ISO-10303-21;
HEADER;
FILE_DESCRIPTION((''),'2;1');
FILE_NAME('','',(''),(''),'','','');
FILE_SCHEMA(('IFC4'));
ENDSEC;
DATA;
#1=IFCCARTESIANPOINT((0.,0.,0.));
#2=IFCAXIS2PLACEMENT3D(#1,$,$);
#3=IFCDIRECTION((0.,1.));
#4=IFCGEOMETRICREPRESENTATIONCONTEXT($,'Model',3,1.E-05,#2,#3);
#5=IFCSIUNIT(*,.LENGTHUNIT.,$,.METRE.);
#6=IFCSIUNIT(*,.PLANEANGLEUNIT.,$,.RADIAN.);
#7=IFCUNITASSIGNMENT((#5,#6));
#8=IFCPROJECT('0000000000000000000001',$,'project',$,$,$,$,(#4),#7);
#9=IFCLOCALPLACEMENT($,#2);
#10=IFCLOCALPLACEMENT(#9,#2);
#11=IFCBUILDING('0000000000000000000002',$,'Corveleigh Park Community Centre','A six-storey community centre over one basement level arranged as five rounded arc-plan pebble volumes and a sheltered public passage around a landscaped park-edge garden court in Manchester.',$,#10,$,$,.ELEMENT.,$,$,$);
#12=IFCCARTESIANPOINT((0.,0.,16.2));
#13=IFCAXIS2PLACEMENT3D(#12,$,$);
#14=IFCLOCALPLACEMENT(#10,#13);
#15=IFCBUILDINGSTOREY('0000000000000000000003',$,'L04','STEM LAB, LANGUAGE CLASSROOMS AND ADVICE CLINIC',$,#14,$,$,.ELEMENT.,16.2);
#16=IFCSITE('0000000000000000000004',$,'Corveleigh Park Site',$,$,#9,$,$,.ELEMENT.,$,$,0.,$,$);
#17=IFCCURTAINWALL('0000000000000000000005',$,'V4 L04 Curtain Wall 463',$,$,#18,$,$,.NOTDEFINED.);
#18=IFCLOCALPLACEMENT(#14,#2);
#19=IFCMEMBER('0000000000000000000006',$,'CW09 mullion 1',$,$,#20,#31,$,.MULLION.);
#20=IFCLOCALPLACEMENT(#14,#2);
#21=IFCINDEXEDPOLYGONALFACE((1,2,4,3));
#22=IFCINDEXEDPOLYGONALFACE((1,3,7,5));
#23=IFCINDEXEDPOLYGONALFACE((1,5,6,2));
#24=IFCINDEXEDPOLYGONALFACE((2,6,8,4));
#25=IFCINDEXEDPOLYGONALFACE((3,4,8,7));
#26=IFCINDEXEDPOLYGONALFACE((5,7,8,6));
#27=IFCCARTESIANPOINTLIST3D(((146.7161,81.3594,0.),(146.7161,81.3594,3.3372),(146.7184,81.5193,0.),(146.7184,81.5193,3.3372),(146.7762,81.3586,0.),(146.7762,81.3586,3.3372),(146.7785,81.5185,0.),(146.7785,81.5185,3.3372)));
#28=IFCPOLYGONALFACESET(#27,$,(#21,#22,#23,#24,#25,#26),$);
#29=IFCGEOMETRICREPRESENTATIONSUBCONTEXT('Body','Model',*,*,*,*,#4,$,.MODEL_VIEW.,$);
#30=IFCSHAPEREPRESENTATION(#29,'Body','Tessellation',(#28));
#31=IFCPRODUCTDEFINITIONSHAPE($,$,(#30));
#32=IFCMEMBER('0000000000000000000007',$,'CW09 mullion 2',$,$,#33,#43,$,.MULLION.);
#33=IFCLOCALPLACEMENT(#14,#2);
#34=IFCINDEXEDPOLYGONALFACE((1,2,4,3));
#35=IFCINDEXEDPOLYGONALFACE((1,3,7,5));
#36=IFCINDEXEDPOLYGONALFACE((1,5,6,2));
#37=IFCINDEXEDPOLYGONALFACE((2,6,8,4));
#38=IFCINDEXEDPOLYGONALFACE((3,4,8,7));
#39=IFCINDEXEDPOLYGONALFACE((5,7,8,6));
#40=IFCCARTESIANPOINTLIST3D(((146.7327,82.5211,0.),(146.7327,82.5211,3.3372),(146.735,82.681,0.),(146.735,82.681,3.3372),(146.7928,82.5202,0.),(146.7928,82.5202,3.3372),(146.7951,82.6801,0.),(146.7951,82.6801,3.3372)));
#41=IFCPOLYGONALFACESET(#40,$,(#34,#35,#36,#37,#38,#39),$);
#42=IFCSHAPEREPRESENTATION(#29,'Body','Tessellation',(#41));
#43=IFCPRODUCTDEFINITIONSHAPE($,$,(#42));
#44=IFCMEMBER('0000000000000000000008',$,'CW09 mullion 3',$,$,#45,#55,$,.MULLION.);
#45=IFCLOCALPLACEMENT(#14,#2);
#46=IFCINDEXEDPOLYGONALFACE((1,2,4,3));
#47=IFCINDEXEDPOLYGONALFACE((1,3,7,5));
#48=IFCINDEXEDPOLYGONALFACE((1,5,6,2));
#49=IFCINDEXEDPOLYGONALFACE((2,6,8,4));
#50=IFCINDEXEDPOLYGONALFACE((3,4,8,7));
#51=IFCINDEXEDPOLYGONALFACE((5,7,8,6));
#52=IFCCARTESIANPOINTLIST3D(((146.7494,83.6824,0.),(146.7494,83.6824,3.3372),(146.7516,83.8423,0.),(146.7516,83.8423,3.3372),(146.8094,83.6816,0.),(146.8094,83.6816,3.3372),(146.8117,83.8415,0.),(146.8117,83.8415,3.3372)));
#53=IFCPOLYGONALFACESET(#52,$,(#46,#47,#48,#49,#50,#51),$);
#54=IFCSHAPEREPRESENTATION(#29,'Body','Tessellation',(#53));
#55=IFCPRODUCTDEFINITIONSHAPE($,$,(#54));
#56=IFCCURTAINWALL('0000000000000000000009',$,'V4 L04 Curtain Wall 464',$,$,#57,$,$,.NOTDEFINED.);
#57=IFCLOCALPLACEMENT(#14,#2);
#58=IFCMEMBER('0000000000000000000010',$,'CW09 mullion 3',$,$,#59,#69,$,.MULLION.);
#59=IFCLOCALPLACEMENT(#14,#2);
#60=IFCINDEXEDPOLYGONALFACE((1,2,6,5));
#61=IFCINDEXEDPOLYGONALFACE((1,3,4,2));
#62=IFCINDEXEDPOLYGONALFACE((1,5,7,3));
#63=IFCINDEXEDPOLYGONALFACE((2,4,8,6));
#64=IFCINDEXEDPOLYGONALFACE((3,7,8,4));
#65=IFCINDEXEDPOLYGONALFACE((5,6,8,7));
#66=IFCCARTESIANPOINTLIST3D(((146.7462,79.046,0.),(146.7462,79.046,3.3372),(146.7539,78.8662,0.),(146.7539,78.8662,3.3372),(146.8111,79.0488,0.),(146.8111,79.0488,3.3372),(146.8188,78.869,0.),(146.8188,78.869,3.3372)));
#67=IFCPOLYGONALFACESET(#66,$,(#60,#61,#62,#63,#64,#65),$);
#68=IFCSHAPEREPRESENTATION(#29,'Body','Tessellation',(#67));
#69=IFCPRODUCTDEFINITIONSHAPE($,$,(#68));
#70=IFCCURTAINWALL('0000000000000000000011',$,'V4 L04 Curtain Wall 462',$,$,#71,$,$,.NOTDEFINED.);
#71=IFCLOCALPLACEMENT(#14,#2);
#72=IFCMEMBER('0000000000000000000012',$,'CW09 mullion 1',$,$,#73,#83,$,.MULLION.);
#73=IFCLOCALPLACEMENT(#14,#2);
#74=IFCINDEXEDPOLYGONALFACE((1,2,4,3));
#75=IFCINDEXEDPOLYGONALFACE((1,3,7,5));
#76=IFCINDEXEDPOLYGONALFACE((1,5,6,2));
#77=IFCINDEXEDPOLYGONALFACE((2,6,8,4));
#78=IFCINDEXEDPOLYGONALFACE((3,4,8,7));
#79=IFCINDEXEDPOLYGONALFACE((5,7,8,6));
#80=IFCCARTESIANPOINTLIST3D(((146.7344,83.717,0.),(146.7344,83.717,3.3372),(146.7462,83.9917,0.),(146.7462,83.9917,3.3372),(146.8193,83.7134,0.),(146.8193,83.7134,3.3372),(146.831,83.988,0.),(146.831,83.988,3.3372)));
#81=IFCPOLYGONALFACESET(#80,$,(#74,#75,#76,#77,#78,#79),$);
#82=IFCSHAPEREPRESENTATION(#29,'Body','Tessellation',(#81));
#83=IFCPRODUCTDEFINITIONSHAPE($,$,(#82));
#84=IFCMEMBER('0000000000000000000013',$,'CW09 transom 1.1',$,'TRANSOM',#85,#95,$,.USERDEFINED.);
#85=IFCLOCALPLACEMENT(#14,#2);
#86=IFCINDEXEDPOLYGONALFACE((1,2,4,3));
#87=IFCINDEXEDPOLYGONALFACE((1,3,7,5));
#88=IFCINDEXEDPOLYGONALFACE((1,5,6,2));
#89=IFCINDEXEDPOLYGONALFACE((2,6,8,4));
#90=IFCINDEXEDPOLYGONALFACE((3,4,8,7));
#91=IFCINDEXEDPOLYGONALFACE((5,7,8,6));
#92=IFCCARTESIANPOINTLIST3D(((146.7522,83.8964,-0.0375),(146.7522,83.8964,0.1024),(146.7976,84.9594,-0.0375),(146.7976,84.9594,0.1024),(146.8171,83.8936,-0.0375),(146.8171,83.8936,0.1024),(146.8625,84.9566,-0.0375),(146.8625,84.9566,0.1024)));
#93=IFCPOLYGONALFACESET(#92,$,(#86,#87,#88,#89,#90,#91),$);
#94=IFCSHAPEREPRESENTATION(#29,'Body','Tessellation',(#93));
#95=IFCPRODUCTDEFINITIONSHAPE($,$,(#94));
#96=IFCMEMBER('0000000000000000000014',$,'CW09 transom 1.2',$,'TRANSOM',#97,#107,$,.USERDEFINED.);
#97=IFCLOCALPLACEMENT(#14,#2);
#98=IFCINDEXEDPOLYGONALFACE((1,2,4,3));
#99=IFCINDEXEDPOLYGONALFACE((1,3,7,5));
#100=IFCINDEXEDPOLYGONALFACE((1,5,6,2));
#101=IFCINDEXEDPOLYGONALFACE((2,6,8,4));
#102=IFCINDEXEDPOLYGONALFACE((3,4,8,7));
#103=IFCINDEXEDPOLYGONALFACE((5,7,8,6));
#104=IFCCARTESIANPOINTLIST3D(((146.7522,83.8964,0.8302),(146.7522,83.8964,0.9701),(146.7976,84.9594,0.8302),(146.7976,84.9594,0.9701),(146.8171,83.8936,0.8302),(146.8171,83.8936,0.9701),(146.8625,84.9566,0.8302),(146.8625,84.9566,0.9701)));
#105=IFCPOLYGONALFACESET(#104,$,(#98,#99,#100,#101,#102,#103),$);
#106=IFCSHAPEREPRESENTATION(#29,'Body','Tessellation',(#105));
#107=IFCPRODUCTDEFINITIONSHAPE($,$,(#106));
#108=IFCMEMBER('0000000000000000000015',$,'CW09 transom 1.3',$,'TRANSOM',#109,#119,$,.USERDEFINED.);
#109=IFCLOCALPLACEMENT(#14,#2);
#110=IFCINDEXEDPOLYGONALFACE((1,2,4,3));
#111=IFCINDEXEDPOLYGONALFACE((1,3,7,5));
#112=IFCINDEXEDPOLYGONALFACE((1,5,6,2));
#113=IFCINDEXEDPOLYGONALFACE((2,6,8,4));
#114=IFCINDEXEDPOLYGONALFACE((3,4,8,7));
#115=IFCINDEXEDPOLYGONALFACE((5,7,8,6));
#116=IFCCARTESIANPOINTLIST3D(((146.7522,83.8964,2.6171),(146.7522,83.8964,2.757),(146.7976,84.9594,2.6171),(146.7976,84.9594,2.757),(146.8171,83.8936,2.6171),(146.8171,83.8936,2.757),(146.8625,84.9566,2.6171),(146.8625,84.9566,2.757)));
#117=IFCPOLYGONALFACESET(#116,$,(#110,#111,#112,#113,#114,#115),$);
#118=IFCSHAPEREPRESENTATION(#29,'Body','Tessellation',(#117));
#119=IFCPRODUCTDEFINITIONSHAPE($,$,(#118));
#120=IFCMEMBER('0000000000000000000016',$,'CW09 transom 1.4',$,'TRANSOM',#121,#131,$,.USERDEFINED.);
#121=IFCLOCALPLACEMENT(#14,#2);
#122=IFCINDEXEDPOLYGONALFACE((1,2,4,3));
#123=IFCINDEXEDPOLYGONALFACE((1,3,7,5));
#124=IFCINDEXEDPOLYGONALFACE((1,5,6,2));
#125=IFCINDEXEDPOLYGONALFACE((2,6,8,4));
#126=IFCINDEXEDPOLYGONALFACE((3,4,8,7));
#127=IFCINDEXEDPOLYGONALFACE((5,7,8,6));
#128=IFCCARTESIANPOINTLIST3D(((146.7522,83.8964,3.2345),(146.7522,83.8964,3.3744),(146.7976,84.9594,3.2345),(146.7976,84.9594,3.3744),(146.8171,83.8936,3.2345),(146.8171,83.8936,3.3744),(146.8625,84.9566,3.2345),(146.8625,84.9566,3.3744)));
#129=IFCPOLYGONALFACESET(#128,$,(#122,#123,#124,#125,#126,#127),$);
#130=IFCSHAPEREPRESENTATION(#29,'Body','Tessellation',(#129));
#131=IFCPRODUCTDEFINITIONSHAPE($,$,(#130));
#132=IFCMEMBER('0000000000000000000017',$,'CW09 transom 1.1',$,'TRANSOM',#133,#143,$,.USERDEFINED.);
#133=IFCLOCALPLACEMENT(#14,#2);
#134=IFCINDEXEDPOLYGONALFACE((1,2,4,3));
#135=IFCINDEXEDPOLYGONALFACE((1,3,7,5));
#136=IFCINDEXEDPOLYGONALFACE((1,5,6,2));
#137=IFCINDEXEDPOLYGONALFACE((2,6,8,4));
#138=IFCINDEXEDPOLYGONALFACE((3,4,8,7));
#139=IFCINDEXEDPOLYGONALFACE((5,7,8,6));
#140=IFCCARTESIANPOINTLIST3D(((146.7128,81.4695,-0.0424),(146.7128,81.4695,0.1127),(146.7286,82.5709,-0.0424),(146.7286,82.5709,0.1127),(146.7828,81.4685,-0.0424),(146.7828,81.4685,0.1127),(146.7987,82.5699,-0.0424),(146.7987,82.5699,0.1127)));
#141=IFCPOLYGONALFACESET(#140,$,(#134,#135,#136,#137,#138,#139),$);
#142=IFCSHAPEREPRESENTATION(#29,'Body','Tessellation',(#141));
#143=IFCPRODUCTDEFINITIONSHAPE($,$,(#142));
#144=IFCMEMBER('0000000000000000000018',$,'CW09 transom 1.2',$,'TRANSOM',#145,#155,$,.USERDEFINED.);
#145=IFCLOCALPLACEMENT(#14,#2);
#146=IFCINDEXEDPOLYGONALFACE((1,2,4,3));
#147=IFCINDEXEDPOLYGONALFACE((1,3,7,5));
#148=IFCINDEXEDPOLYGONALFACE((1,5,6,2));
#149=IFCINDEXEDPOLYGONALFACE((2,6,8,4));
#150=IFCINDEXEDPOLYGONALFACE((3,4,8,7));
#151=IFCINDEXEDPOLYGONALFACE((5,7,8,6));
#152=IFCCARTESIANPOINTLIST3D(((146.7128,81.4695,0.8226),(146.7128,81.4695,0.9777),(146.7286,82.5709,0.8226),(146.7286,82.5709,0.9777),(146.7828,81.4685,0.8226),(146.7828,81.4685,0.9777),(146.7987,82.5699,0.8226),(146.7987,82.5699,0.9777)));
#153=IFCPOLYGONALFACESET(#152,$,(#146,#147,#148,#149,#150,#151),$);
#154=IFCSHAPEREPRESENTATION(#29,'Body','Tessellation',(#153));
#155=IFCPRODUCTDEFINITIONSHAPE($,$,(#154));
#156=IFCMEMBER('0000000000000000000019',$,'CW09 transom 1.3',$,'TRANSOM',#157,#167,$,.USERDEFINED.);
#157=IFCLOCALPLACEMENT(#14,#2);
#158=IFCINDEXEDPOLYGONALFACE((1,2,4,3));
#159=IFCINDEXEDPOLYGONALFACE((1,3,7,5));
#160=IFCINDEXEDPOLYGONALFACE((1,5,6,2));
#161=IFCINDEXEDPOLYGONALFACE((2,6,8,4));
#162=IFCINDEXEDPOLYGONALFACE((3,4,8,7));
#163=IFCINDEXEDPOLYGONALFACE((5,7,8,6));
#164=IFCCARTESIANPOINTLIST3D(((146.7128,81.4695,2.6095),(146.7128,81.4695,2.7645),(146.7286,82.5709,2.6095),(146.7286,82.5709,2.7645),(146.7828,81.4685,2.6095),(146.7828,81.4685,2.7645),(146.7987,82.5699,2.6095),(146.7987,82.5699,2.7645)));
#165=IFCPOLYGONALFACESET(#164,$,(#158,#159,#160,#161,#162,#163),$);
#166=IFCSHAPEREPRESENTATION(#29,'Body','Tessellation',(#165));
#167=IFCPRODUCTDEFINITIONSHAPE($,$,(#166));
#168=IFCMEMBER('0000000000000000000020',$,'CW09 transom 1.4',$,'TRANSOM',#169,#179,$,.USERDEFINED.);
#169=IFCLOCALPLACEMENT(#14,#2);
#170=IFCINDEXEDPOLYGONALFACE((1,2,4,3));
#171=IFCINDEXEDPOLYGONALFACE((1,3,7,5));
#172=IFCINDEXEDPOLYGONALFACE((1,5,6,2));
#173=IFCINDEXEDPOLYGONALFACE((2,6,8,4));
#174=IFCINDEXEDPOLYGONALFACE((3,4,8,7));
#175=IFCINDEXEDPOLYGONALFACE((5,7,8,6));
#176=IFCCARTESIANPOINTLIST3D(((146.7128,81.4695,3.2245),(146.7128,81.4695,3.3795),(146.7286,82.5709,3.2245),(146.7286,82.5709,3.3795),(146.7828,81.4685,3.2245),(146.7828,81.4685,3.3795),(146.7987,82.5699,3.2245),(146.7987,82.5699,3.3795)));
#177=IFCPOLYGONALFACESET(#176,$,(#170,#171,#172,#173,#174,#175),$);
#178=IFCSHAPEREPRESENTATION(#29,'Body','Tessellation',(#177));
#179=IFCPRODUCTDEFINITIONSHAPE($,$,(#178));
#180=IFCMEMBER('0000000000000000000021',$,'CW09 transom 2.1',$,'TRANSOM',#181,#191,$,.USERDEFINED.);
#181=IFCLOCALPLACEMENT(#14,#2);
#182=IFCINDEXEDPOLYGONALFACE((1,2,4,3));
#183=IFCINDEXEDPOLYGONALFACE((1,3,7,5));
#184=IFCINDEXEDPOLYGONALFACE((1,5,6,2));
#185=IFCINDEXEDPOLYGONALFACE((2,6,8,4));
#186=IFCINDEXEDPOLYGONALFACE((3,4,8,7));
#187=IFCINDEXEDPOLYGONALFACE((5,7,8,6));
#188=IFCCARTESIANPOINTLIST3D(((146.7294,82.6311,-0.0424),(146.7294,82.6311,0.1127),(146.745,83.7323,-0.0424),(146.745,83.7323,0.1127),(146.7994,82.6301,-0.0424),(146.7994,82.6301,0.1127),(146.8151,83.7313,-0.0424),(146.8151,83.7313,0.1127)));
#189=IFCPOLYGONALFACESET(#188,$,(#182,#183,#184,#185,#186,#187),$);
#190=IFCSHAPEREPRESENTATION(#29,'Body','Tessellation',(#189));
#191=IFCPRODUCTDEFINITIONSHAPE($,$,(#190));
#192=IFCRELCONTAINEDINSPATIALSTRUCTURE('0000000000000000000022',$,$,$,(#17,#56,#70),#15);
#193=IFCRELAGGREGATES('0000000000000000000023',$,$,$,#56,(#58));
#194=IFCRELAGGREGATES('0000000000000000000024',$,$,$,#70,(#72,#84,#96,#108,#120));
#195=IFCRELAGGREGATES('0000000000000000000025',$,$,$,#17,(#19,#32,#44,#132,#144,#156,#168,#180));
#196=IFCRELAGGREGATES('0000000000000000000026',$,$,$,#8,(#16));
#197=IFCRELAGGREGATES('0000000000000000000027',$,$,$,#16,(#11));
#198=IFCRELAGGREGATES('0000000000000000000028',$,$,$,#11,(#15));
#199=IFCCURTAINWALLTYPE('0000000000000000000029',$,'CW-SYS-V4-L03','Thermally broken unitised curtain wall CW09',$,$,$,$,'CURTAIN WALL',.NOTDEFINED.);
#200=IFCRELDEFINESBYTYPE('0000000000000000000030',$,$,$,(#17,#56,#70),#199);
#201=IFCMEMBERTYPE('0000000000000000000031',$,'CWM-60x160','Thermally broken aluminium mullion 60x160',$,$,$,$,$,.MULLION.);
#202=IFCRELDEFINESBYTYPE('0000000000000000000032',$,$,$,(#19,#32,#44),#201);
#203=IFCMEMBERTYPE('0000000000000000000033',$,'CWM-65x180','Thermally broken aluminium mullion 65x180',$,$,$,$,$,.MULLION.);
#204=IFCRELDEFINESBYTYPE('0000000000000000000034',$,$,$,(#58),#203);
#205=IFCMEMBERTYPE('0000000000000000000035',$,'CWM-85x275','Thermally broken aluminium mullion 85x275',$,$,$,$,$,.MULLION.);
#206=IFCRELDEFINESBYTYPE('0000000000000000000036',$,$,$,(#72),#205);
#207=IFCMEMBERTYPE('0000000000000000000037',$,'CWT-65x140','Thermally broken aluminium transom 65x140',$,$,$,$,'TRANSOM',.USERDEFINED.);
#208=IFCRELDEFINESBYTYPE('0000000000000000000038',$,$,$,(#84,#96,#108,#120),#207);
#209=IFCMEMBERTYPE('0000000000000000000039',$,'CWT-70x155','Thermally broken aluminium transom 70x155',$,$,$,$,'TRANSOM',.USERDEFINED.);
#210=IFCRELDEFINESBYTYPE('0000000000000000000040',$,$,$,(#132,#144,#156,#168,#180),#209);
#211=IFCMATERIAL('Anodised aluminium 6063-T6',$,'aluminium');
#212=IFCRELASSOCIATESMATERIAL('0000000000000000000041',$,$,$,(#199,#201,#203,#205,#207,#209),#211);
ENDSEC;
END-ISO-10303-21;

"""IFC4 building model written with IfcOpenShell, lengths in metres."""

from ifc_helpers import new_model, si_unit, direction, frame, origin, origin_2d, place, context, subcontext, project, spatial, rectangle, extrude, material, material_profile, profile_set, type_object, element, aggregate, save


model = new_model("IFC4")

# Units and contexts
model_context = context("Model", 3, precision=1e-05, world=origin(), true_north=direction((0.0, 1.0)))
body_context = subcontext(model_context, "Body", "Model", "MODEL_VIEW")
ifc_project = project(units=[si_unit("LENGTHUNIT", "METRE"), si_unit("PLANEANGLEUNIT", "RADIAN")], contexts=[model_context])

# Site, building, storey
site_placement = place(None, origin())
site = spatial("IfcSite", under=ifc_project, at=site_placement, Name="Corveleigh Park Site", CompositionType="ELEMENT", RefElevation=0.0)
building_placement = place(site_placement, origin())
building = spatial("IfcBuilding", under=site, at=building_placement, Name="Corveleigh Park Community Centre", Description="A six-storey community centre over one basement level arranged as five rounded arc-plan pebble volumes and a sheltered public passage around a landscaped park-edge garden court in Manchester.", CompositionType="ELEMENT")
storey_placement = place(building_placement, frame((0.0, 0.0, 16.2)))
storey = spatial("IfcBuildingStorey", under=building, at=storey_placement, Name="L04", Description="STEM LAB, LANGUAGE CLASSROOMS AND ADVICE CLINIC", CompositionType="ELEMENT", Elevation=16.2)

# Curtain wall, members
ifc_material_1 = material(Name="Anodised aluminium 6063-T6", Category="aluminium")
curtain_wall_type = type_object("IfcCurtainWallType", Name="CW-SYS-V4-L03", Description="Thermally broken unitised curtain wall CW09", ElementType="CURTAIN WALL", PredefinedType="NOTDEFINED", material=ifc_material_1)
curtain_wall_1_placement = place(storey_placement, origin())
curtain_wall_1 = element("IfcCurtainWall", 1, at=curtain_wall_1_placement, inside=storey, type_object=curtain_wall_type, Name="V4 L04 Curtain Wall 463", PredefinedType="NOTDEFINED")
ifc_material_profile_1 = material_profile(ifc_material_1, rectangle(XDim=0.0601, YDim=0.1599, at=origin_2d()), Name="ALU-M60x160", Category="aluminium")
ifc_profile_set_1 = profile_set([ifc_material_profile_1], Name="Anodised aluminium 6063-T6")
member_type_1 = type_object("IfcMemberType", Name="CWM-60x160", Description="Thermally broken aluminium mullion 60x160", PredefinedType="MULLION", material=ifc_profile_set_1)
member_1_placement = place(storey_placement, frame((146.7473, 81.439, 0.0), z_axis=(0.0, 0.0, 1.0), x_axis=(-0.999898, 0.014266, 0.0)))
member_1 = element("IfcMember", 2, at=member_1_placement, type_object=member_type_1, Name="CW09 mullion 1", PredefinedType="MULLION", context=body_context, shape_type="SweptSolid", body=[
    extrude(rectangle(XDim=0.0601, YDim=0.1599, at=origin_2d()), origin(), (0.0, 0.0, 1.0), 3.3372),
])
member_2_placement = place(storey_placement, frame((146.7639, 82.6006, 0.0), z_axis=(0.0, 0.0, 1.0), x_axis=(-0.999898, 0.014266, 0.0)))
member_2 = element("IfcMember", 3, at=member_2_placement, type_object=member_type_1, Name="CW09 mullion 2", PredefinedType="MULLION", context=body_context, shape_type="SweptSolid", body=[
    extrude(rectangle(XDim=0.0601, YDim=0.1599, at=origin_2d()), origin(), (0.0, 0.0, 1.0), 3.3372),
])
member_3_placement = place(storey_placement, frame((146.7805, 83.762, 0.0), z_axis=(0.0, 0.0, 1.0), x_axis=(-0.999898, 0.014266, 0.0)))
member_3 = element("IfcMember", 4, at=member_3_placement, type_object=member_type_1, Name="CW09 mullion 3", PredefinedType="MULLION", context=body_context, shape_type="SweptSolid", body=[
    extrude(rectangle(XDim=0.0601, YDim=0.1599, at=origin_2d()), origin(), (0.0, 0.0, 1.0), 3.3372),
])

# Curtain wall, member
curtain_wall_2_placement = place(storey_placement, origin())
curtain_wall_2 = element("IfcCurtainWall", 5, at=curtain_wall_2_placement, inside=storey, type_object=curtain_wall_type, Name="V4 L04 Curtain Wall 464", PredefinedType="NOTDEFINED")
ifc_material_profile_2 = material_profile(ifc_material_1, rectangle(XDim=0.0649, YDim=0.1799, at=origin_2d()), Name="ALU-M65x180", Category="aluminium")
ifc_profile_set_2 = profile_set([ifc_material_profile_2], Name="Anodised aluminium 6063-T6")
member_type_2 = type_object("IfcMemberType", Name="CWM-65x180", Description="Thermally broken aluminium mullion 65x180", PredefinedType="MULLION", material=ifc_profile_set_2)
member_4_placement = place(storey_placement, frame((146.7825, 78.9575, 0.0), z_axis=(0.0, 0.0, 1.0), x_axis=(-0.999084, -0.0428, 0.0)))
member_4 = element("IfcMember", 6, at=member_4_placement, type_object=member_type_2, Name="CW09 mullion 3", PredefinedType="MULLION", context=body_context, shape_type="SweptSolid", body=[
    extrude(rectangle(XDim=0.0649, YDim=0.1799, at=origin_2d()), origin(), (0.0, 0.0, 1.0), 3.3372),
])
aggregate(curtain_wall_2, [member_4])

# Curtain wall, members
curtain_wall_3_placement = place(storey_placement, origin())
curtain_wall_3 = element("IfcCurtainWall", 7, at=curtain_wall_3_placement, inside=storey, type_object=curtain_wall_type, Name="V4 L04 Curtain Wall 462", PredefinedType="NOTDEFINED")
ifc_material_profile_3 = material_profile(ifc_material_1, rectangle(XDim=0.085, YDim=0.2749, at=origin_2d()), Name="ALU-M85x275", Category="aluminium")
ifc_profile_set_3 = profile_set([ifc_material_profile_3], Name="Anodised aluminium 6063-T6")
member_type_3 = type_object("IfcMemberType", Name="CWM-85x275", Description="Thermally broken aluminium mullion 85x275", PredefinedType="MULLION", material=ifc_profile_set_3)
member_5_placement = place(storey_placement, frame((146.7827, 83.8525, 0.0), z_axis=(0.0, 0.0, 1.0), x_axis=(-0.999084, 0.0428, 0.0)))
member_5 = element("IfcMember", 8, at=member_5_placement, type_object=member_type_3, Name="CW09 mullion 1", PredefinedType="MULLION", context=body_context, shape_type="SweptSolid", body=[
    extrude(rectangle(XDim=0.085, YDim=0.2749, at=origin_2d()), origin(), (0.0, 0.0, 1.0), 3.3372),
])
ifc_material_profile_4 = material_profile(ifc_material_1, rectangle(XDim=0.0649, YDim=0.1399, at=origin_2d()), Name="ALU-T65x140", Category="aluminium")
ifc_profile_set_4 = profile_set([ifc_material_profile_4], Name="Anodised aluminium 6063-T6")
member_type_4 = type_object("IfcMemberType", Name="CWT-65x140", Description="Thermally broken aluminium transom 65x140", ElementType="TRANSOM", PredefinedType="USERDEFINED", material=ifc_profile_set_4)
member_6_placement = place(storey_placement, frame((146.7847, 83.895, 0.0325), z_axis=(0.04268, 0.999089, 0.0), x_axis=(-0.999089, 0.04268, 0.0)))
member_6 = element("IfcMember", 9, at=member_6_placement, type_object=member_type_4, Name="CW09 transom 1.1", ObjectType="TRANSOM", PredefinedType="USERDEFINED", context=body_context, shape_type="SweptSolid", body=[
    extrude(rectangle(XDim=0.0649, YDim=0.1399, at=origin_2d()), origin(), (0.0, 0.0, 1.0), 1.064),
])
member_7_placement = place(storey_placement, frame((146.7847, 83.895, 0.9001), z_axis=(0.04268, 0.999089, 0.0), x_axis=(-0.999089, 0.04268, 0.0)))
member_7 = element("IfcMember", 10, at=member_7_placement, type_object=member_type_4, Name="CW09 transom 1.2", ObjectType="TRANSOM", PredefinedType="USERDEFINED", context=body_context, shape_type="SweptSolid", body=[
    extrude(rectangle(XDim=0.0649, YDim=0.1399, at=origin_2d()), origin(), (0.0, 0.0, 1.0), 1.064),
])
member_8_placement = place(storey_placement, frame((146.7847, 83.895, 2.687), z_axis=(0.04268, 0.999089, 0.0), x_axis=(-0.999089, 0.04268, 0.0)))
member_8 = element("IfcMember", 11, at=member_8_placement, type_object=member_type_4, Name="CW09 transom 1.3", ObjectType="TRANSOM", PredefinedType="USERDEFINED", context=body_context, shape_type="SweptSolid", body=[
    extrude(rectangle(XDim=0.0649, YDim=0.1399, at=origin_2d()), origin(), (0.0, 0.0, 1.0), 1.064),
])
member_9_placement = place(storey_placement, frame((146.7847, 83.895, 3.3044), z_axis=(0.04268, 0.999089, 0.0), x_axis=(-0.999089, 0.04268, 0.0)))
member_9 = element("IfcMember", 12, at=member_9_placement, type_object=member_type_4, Name="CW09 transom 1.4", ObjectType="TRANSOM", PredefinedType="USERDEFINED", context=body_context, shape_type="SweptSolid", body=[
    extrude(rectangle(XDim=0.0649, YDim=0.1399, at=origin_2d()), origin(), (0.0, 0.0, 1.0), 1.064),
])
aggregate(curtain_wall_3, [member_5, member_6, member_7, member_8, member_9])

# Members
ifc_material_profile_5 = material_profile(ifc_material_1, rectangle(XDim=0.0701, YDim=0.155, at=origin_2d()), Name="ALU-T70x155", Category="aluminium")
ifc_profile_set_5 = profile_set([ifc_material_profile_5], Name="Anodised aluminium 6063-T6")
member_type_5 = type_object("IfcMemberType", Name="CWT-70x155", Description="Thermally broken aluminium transom 70x155", ElementType="TRANSOM", PredefinedType="USERDEFINED", material=ifc_profile_set_5)
member_10_placement = place(storey_placement, frame((146.7478, 81.469, 0.0352), z_axis=(0.014405, 0.999896, 0.0), x_axis=(-0.999896, 0.014405, 0.0)))
member_10 = element("IfcMember", 13, at=member_10_placement, type_object=member_type_5, Name="CW09 transom 1.1", ObjectType="TRANSOM", PredefinedType="USERDEFINED", context=body_context, shape_type="SweptSolid", body=[
    extrude(rectangle(XDim=0.0701, YDim=0.155, at=origin_2d()), origin(), (0.0, 0.0, 1.0), 1.1016),
])
member_11_placement = place(storey_placement, frame((146.7478, 81.469, 0.9001), z_axis=(0.014405, 0.999896, 0.0), x_axis=(-0.999896, 0.014405, 0.0)))
member_11 = element("IfcMember", 14, at=member_11_placement, type_object=member_type_5, Name="CW09 transom 1.2", ObjectType="TRANSOM", PredefinedType="USERDEFINED", context=body_context, shape_type="SweptSolid", body=[
    extrude(rectangle(XDim=0.0701, YDim=0.155, at=origin_2d()), origin(), (0.0, 0.0, 1.0), 1.1016),
])
member_12_placement = place(storey_placement, frame((146.7478, 81.469, 2.687), z_axis=(0.014405, 0.999896, 0.0), x_axis=(-0.999896, 0.014405, 0.0)))
member_12 = element("IfcMember", 15, at=member_12_placement, type_object=member_type_5, Name="CW09 transom 1.3", ObjectType="TRANSOM", PredefinedType="USERDEFINED", context=body_context, shape_type="SweptSolid", body=[
    extrude(rectangle(XDim=0.0701, YDim=0.155, at=origin_2d()), origin(), (0.0, 0.0, 1.0), 1.1016),
])
member_13_placement = place(storey_placement, frame((146.7478, 81.469, 3.302), z_axis=(0.014405, 0.999896, 0.0), x_axis=(-0.999896, 0.014405, 0.0)))
member_13 = element("IfcMember", 16, at=member_13_placement, type_object=member_type_5, Name="CW09 transom 1.4", ObjectType="TRANSOM", PredefinedType="USERDEFINED", context=body_context, shape_type="SweptSolid", body=[
    extrude(rectangle(XDim=0.0701, YDim=0.155, at=origin_2d()), origin(), (0.0, 0.0, 1.0), 1.1016),
])
member_14_placement = place(storey_placement, frame((146.7644, 82.6306, 0.0352), z_axis=(0.014186, 0.999899, 0.0), x_axis=(-0.999899, 0.014186, 0.0)))
member_14 = element("IfcMember", 17, at=member_14_placement, type_object=member_type_5, Name="CW09 transom 2.1", ObjectType="TRANSOM", PredefinedType="USERDEFINED", context=body_context, shape_type="SweptSolid", body=[
    extrude(rectangle(XDim=0.0701, YDim=0.155, at=origin_2d()), origin(), (0.0, 0.0, 1.0), 1.1013),
])

aggregate(curtain_wall_1, [member_1, member_2, member_3, member_10, member_11, member_12, member_13, member_14])

save(model, "model.ifc")
